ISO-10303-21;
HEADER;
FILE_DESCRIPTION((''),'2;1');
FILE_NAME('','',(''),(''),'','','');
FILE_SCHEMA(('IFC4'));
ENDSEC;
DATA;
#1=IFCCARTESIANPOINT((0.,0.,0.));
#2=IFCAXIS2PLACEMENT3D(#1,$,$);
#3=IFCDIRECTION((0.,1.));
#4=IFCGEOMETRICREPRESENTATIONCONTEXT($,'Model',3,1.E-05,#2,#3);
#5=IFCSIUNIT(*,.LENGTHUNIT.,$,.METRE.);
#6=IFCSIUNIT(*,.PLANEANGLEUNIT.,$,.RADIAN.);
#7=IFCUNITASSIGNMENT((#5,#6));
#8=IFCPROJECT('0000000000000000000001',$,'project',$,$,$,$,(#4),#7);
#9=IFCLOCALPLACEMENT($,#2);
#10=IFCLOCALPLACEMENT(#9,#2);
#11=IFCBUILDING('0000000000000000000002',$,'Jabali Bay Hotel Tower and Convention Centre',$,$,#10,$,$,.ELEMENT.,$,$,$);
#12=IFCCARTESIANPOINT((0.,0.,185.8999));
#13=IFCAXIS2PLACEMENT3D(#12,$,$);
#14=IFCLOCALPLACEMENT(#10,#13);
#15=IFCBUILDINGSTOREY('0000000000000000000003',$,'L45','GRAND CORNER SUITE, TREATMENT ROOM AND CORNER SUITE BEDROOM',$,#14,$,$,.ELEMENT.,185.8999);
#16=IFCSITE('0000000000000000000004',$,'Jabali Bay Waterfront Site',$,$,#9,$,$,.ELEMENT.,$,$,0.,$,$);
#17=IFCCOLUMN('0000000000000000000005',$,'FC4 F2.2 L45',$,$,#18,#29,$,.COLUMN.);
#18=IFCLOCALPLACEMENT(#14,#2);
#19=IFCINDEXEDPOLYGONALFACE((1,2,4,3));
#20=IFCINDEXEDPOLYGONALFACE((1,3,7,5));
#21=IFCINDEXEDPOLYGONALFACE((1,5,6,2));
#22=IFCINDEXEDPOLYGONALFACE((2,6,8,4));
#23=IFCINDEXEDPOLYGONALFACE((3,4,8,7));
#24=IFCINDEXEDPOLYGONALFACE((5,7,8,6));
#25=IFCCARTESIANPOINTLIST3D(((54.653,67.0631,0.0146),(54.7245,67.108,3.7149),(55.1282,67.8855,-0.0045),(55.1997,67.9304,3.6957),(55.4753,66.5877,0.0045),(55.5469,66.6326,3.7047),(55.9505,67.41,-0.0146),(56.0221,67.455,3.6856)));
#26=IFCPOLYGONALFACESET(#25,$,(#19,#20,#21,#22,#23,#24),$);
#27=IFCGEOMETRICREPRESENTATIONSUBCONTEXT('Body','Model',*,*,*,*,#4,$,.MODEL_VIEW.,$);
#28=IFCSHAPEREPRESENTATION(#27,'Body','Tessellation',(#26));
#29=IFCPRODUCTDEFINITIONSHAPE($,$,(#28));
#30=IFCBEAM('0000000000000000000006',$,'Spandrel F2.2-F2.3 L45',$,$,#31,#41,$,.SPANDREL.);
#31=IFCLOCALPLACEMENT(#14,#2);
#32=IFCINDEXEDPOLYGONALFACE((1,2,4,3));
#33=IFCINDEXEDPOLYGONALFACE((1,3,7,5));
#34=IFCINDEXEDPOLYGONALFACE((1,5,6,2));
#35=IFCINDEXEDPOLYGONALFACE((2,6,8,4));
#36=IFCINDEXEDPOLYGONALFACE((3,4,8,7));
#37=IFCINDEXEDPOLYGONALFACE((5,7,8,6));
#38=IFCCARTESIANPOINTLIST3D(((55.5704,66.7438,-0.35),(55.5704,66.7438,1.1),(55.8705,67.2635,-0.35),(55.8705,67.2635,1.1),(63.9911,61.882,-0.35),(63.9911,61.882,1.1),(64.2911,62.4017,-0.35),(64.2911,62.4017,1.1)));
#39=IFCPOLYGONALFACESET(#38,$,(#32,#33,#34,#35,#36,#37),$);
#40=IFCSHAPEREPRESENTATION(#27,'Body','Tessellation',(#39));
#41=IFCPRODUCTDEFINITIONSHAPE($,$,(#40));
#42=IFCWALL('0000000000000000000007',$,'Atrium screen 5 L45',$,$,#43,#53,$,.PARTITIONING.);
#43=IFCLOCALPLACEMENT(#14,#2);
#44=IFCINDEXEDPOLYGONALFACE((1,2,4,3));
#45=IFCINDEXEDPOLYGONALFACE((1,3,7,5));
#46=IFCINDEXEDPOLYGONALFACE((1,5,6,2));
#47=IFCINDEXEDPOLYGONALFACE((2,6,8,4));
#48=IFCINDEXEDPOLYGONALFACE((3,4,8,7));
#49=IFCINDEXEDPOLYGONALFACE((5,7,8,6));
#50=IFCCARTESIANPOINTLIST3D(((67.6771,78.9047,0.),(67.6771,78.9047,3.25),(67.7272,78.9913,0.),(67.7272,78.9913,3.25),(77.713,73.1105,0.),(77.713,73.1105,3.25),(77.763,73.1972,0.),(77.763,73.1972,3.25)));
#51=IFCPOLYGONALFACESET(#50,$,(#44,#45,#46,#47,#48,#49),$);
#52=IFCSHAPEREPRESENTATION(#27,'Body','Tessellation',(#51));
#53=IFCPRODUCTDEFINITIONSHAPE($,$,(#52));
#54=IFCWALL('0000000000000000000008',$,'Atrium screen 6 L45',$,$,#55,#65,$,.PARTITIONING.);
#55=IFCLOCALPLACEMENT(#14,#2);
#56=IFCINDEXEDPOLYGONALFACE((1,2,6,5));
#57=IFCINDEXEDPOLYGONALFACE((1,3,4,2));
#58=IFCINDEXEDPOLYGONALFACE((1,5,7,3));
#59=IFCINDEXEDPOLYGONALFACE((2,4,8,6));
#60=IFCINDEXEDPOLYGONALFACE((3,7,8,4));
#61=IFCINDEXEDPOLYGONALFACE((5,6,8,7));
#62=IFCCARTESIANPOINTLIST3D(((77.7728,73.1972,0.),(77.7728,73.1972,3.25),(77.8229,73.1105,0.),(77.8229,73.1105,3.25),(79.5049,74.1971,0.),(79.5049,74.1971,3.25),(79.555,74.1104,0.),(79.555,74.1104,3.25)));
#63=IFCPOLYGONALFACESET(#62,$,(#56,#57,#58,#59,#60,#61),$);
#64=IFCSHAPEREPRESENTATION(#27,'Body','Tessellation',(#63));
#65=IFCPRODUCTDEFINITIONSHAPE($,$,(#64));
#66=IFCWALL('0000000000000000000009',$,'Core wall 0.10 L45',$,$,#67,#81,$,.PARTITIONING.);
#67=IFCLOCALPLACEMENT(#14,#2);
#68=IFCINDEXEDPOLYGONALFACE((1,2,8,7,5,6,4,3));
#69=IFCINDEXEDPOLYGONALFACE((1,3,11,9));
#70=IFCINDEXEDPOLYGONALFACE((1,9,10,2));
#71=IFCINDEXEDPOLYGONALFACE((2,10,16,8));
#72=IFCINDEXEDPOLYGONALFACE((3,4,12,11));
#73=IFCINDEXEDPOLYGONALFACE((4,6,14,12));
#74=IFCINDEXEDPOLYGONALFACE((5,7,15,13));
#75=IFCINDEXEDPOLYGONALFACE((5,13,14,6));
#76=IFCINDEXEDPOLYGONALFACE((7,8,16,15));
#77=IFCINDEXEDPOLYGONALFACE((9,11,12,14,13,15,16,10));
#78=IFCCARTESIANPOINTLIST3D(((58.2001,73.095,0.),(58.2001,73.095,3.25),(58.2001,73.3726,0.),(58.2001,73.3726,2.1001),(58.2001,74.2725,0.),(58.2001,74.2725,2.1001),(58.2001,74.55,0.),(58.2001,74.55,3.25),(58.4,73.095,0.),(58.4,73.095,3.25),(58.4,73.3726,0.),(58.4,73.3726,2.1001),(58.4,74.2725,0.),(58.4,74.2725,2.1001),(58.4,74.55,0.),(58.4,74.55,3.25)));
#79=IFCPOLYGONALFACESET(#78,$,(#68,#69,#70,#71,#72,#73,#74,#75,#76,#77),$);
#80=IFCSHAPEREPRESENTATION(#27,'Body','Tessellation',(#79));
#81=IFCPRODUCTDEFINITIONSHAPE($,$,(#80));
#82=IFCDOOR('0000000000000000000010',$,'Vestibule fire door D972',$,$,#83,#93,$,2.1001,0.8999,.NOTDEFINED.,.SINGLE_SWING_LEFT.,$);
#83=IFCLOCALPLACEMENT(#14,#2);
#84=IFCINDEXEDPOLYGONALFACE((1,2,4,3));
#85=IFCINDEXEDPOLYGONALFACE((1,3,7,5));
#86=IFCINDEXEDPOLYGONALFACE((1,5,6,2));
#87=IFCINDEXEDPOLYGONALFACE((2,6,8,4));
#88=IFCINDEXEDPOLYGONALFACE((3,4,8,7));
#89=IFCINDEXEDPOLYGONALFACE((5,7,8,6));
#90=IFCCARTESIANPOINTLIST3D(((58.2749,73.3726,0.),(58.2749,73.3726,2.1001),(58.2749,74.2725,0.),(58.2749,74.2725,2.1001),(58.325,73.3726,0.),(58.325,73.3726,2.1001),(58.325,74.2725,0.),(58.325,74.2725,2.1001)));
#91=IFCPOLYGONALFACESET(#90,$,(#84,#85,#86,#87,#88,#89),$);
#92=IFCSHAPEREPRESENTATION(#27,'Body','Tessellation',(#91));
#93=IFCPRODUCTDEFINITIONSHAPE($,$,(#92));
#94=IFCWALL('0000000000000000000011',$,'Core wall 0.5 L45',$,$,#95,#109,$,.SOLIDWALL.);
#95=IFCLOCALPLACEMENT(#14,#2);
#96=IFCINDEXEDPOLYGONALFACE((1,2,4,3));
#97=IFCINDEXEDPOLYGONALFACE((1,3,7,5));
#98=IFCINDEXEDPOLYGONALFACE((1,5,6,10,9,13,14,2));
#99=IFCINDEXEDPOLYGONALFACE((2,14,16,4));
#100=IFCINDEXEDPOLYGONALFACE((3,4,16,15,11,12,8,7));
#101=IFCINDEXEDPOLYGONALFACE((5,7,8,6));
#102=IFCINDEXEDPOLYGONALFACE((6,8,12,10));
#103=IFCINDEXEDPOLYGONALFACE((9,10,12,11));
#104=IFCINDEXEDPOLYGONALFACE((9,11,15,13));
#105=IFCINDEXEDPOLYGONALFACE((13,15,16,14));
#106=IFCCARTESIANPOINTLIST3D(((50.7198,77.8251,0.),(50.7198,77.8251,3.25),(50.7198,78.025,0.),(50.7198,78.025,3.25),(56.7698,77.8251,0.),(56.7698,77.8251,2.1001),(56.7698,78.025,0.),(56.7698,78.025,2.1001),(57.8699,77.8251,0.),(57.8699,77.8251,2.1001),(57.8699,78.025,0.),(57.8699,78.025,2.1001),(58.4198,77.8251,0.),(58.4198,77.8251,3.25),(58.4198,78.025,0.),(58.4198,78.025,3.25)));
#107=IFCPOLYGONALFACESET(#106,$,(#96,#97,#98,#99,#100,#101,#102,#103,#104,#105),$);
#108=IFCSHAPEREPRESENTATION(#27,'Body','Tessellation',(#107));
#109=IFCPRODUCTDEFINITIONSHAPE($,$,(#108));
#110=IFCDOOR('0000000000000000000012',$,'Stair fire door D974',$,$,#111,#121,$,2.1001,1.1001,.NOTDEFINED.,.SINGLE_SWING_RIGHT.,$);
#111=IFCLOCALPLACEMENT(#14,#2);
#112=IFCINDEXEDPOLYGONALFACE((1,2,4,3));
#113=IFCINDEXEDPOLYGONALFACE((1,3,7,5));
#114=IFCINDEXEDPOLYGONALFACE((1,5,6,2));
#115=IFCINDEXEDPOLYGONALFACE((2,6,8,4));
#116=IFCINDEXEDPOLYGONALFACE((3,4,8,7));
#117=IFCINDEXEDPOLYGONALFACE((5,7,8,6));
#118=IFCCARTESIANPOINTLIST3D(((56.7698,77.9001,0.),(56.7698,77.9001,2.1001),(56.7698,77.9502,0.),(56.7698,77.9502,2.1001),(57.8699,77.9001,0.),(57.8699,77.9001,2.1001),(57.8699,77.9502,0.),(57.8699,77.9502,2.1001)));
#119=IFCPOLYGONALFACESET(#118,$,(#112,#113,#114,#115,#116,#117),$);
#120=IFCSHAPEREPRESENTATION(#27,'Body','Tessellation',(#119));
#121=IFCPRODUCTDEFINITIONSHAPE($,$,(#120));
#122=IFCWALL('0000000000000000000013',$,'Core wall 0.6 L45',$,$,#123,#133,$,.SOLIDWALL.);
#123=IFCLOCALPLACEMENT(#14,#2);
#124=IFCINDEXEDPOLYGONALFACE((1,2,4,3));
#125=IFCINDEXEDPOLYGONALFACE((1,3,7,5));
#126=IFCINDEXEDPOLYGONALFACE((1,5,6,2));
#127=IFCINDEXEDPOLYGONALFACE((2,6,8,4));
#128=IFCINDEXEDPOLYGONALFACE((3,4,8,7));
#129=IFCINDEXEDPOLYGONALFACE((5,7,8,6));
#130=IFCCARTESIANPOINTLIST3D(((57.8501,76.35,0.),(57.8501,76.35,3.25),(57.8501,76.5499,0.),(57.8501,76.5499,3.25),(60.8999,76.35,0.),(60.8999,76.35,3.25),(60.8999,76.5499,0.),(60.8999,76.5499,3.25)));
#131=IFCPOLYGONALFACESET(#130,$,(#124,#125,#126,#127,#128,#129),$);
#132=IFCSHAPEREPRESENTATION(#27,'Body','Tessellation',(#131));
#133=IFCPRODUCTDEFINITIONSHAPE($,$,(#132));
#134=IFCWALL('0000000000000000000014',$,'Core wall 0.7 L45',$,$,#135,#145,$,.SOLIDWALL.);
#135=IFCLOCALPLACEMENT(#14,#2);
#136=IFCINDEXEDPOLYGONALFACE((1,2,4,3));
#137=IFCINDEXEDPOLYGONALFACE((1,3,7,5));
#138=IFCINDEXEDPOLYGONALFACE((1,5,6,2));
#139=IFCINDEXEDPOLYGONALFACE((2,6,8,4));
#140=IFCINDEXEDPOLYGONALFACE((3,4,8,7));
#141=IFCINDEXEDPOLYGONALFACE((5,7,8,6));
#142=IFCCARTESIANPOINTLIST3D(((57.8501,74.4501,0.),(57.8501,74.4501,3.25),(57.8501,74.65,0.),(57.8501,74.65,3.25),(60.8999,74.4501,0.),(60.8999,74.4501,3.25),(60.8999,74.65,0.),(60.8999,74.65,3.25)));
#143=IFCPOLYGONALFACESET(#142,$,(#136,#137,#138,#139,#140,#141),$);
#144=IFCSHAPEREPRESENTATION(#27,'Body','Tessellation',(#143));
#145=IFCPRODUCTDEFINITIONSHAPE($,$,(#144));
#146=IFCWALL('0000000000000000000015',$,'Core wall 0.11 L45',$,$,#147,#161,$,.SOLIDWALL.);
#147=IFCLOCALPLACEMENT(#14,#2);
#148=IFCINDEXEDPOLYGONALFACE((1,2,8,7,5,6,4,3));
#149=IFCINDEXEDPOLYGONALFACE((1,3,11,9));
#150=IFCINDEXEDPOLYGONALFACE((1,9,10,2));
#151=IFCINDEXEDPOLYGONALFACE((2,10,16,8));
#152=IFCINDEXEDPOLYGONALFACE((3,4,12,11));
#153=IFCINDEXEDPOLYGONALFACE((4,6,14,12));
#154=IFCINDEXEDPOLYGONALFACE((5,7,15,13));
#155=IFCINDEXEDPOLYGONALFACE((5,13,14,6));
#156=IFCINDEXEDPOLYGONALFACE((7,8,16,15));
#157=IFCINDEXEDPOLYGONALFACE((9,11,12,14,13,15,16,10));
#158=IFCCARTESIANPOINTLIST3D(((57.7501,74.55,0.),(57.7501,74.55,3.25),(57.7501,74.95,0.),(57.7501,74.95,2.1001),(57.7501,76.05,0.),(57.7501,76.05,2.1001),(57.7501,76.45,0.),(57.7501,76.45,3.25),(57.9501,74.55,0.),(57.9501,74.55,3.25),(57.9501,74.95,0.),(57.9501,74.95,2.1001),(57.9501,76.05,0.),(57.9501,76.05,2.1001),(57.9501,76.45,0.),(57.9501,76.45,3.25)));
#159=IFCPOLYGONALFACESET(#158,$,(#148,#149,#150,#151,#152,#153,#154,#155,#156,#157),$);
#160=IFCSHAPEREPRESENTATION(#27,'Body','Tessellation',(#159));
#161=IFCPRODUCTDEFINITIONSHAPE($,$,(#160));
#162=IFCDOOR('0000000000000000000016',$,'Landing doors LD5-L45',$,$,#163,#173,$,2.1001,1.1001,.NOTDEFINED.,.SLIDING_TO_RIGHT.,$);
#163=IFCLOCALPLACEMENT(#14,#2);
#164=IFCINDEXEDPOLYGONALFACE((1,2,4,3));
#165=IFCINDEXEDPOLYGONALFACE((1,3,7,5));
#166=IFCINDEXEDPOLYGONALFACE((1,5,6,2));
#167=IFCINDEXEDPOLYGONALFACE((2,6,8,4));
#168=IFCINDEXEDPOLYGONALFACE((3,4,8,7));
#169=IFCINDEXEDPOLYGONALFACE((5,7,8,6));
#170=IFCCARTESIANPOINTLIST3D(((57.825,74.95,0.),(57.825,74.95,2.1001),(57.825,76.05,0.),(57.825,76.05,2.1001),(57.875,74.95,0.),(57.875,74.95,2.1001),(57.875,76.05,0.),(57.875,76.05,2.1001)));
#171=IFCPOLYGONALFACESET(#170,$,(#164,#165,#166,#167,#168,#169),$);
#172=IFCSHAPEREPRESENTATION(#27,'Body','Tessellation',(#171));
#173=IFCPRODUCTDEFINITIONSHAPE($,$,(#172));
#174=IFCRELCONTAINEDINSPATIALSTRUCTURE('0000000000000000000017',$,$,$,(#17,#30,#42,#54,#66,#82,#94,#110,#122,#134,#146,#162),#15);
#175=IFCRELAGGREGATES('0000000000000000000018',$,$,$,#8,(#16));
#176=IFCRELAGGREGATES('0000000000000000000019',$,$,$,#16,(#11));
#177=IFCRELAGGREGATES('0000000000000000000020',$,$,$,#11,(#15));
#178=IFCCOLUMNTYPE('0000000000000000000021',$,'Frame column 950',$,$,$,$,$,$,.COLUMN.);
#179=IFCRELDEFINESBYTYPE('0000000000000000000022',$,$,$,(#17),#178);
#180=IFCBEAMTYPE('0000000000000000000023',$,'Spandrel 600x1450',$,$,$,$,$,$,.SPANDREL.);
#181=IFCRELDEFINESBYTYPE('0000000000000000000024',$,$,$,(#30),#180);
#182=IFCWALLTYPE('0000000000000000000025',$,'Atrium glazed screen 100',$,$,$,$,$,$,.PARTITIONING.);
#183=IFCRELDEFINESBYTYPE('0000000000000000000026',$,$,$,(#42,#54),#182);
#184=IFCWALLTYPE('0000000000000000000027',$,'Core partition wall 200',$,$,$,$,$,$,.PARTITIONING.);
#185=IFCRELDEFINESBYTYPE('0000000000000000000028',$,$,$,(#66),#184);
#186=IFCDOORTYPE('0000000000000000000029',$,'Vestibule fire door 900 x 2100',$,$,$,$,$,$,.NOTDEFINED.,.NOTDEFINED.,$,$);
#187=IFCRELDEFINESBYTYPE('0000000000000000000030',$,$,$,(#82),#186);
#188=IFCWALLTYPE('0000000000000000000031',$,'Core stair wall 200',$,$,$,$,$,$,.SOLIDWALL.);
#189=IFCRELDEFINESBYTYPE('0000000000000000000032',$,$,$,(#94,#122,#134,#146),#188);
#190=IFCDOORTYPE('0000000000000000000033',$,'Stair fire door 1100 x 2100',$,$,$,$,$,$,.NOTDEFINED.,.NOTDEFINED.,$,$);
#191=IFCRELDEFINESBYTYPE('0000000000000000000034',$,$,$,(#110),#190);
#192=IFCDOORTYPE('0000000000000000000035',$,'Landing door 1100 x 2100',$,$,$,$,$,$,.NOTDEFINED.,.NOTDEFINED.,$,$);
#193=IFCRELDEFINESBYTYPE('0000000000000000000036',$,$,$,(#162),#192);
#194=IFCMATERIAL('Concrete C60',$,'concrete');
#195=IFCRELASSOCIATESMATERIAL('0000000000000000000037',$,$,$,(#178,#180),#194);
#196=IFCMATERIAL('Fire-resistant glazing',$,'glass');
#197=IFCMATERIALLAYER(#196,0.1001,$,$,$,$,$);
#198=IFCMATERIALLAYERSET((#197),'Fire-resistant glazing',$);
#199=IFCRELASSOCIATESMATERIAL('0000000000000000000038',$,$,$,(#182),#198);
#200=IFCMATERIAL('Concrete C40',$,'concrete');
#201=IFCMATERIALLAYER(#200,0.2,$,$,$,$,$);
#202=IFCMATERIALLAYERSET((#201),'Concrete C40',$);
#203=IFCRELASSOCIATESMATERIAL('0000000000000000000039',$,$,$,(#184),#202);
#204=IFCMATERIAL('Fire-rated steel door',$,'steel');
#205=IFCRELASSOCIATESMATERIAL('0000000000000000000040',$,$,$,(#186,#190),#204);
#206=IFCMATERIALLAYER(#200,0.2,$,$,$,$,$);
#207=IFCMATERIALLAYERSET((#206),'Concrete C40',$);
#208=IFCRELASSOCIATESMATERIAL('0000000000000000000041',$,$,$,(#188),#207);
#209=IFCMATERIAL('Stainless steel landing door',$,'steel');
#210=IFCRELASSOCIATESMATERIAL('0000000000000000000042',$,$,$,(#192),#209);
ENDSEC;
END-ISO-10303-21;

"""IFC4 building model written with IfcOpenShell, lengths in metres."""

from ifc_helpers import new_model, si_unit, direction, frame, frame_2d, origin, origin_2d, place, context, subcontext, project, spatial, rectangle, extrude, material, layer, layer_set, material_profile, profile_set, type_object, element, fill, save


model = new_model("IFC4")

# Units and contexts
model_context = context("Model", 3, precision=1e-05, world=origin(), true_north=direction((0.0, 1.0)))
body_context = subcontext(model_context, "Body", "Model", "MODEL_VIEW")
ifc_project = project(units=[si_unit("LENGTHUNIT", "METRE"), si_unit("PLANEANGLEUNIT", "RADIAN")], contexts=[model_context])

# Site, building, storey
site_placement = place(None, origin())
site = spatial("IfcSite", under=ifc_project, at=site_placement, Name="Jabali Bay Waterfront Site", CompositionType="ELEMENT", RefElevation=0.0)
building_placement = place(site_placement, origin())
building = spatial("IfcBuilding", under=site, at=building_placement, Name="Jabali Bay Hotel Tower and Convention Centre", CompositionType="ELEMENT")
storey_placement = place(building_placement, frame((0.0, 0.0, 185.8999)))
storey = spatial("IfcBuildingStorey", under=building, at=storey_placement, Name="L45", Description="GRAND CORNER SUITE, TREATMENT ROOM AND CORNER SUITE BEDROOM", CompositionType="ELEMENT", Elevation=185.8999)

# Column
ifc_material_1 = material(Name="Concrete C60", Category="concrete")
ifc_material_profile_1 = material_profile(ifc_material_1, rectangle(XDim=0.95, YDim=0.95, at=origin_2d()), Name="Frame column 950")
ifc_profile_set_1 = profile_set([ifc_material_profile_1], Name="Concrete C60")
column_type = type_object("IfcColumnType", Name="Frame column 950", PredefinedType="COLUMN", material=ifc_profile_set_1)
column_placement = place(storey_placement, frame((55.3018, 67.2366, 0.0), z_axis=(0.019327, 0.012137, 0.99974), x_axis=(-0.865686, 0.500474, 0.01066)))
element("IfcColumn", 1, at=column_placement, inside=storey, type_object=column_type, Name="FC4 F2.2 L45", PredefinedType="COLUMN", context=body_context, shape_type="SweptSolid", body=[
    extrude(rectangle(XDim=0.95, YDim=0.95, at=origin_2d()), origin(), (0.0, 0.0, 1.0), 3.7012),
])

# Beam
ifc_material_profile_2 = material_profile(ifc_material_1, rectangle(XDim=0.6001, YDim=1.45, at=origin_2d()), Name="Spandrel 600x1450")
ifc_profile_set_2 = profile_set([ifc_material_profile_2], Name="Concrete C60")
beam_type = type_object("IfcBeamType", Name="Spandrel 600x1450", PredefinedType="SPANDREL", material=ifc_profile_set_2)
beam_placement = place(storey_placement, frame((55.7205, 67.0037, 0.375), z_axis=(0.866019, -0.500012, 0.0), x_axis=(0.500012, 0.866019, 0.0)))
element("IfcBeam", 2, at=beam_placement, inside=storey, type_object=beam_type, Name="Spandrel F2.2-F2.3 L45", PredefinedType="SPANDREL", context=body_context, shape_type="SweptSolid", body=[
    extrude(rectangle(XDim=0.6001, YDim=1.45, at=origin_2d()), origin(), (0.0, 0.0, 1.0), 9.7234),
])

# Walls
ifc_material_2 = material(Name="Fire-resistant glazing", Category="glass")
ifc_layer_1 = layer(ifc_material_2, 0.1001)
ifc_layer_set_1 = layer_set([ifc_layer_1], Name="Fire-resistant glazing")
wall_type_1 = type_object("IfcWallType", Name="Atrium glazed screen 100", PredefinedType="PARTITIONING", material=ifc_layer_set_1)
wall_1_placement = place(storey_placement, frame((67.7021, 78.948, 0.0), z_axis=(0.0, 0.0, 1.0), x_axis=(0.866027, -0.499998, 0.0)))
element("IfcWall", 3, at=wall_1_placement, inside=storey, type_object=wall_type_1, Name="Atrium screen 5 L45", PredefinedType="PARTITIONING", context=body_context, shape_type="SweptSolid", body=[
    extrude(rectangle(XDim=11.5884, YDim=0.1001, at=frame_2d((5.7942, 0.0))), origin(), (0.0, 0.0, 1.0), 3.25),
])
wall_2_placement = place(storey_placement, frame((77.7979, 73.1538, 0.0), z_axis=(0.0, 0.0, 1.0), x_axis=(0.866041, 0.499973, 0.0)))
element("IfcWall", 4, at=wall_2_placement, inside=storey, type_object=wall_type_1, Name="Atrium screen 6 L45", PredefinedType="PARTITIONING", context=body_context, shape_type="SweptSolid", body=[
    extrude(rectangle(XDim=2.0, YDim=0.1001, at=frame_2d((1.0, 0.0))), origin(), (0.0, 0.0, 1.0), 3.25),
])

# Walls, openings, doors
ifc_material_3 = material(Name="Concrete C40", Category="concrete")
ifc_layer_2 = layer(ifc_material_3, 0.2)
ifc_layer_set_2 = layer_set([ifc_layer_2], Name="Concrete C40")
wall_type_2 = type_object("IfcWallType", Name="Core partition wall 200", PredefinedType="PARTITIONING", material=ifc_layer_set_2)
wall_3_placement = place(storey_placement, frame((58.3, 74.55, 0.0), z_axis=(0.0, 0.0, 1.0), x_axis=(0.0, -1.0, 0.0)))
wall_3 = element("IfcWall", 5, at=wall_3_placement, inside=storey, type_object=wall_type_2, Name="Core wall 0.10 L45", PredefinedType="PARTITIONING", context=body_context, shape_type="SweptSolid", body=[
    extrude(rectangle(XDim=1.4551, YDim=0.2, at=frame_2d((0.7275, 0.0))), origin(), (0.0, 0.0, 1.0), 3.25),
])
opening_1_placement = place(wall_3_placement, frame((0.2776, 0.0, 0.0)))
opening_1 = element("IfcOpeningElement", 6, at=opening_1_placement, cuts=wall_3, PredefinedType="OPENING", context=body_context, shape_type="SweptSolid", body=[
    extrude(rectangle(XDim=0.8999, YDim=2.1001, at=frame_2d((0.45, 1.05))), frame((0.0, 0.1104, 0.0), z_axis=(0.0, -1.0, 0.0), x_axis=(1.0, 0.0, 0.0)), (0.0, 0.0, 1.0), 0.2209),
])
ifc_material_4 = material(Name="Fire-rated steel door", Category="steel")
door_type_1 = type_object("IfcDoorType", Name="Vestibule fire door 900 x 2100", OperationType="NOTDEFINED", PredefinedType="NOTDEFINED", material=ifc_material_4)
door_1_placement = place(opening_1_placement, origin())
door_1 = element("IfcDoor", 7, at=door_1_placement, inside=storey, type_object=door_type_1, Name="Vestibule fire door D972", OperationType="SINGLE_SWING_LEFT", OverallHeight=2.1001, OverallWidth=0.8999, PredefinedType="NOTDEFINED", context=body_context, shape_type="SweptSolid", body=[
    extrude(rectangle(XDim=0.8999, YDim=2.1001, at=frame_2d((0.45, 1.05))), frame((0.0, 0.0249, 0.0), z_axis=(0.0, -1.0, 0.0), x_axis=(1.0, 0.0, 0.0)), (0.0, 0.0, 1.0), 0.05),
])
fill(opening_1, door_1)
ifc_layer_3 = layer(ifc_material_3, 0.2)
ifc_layer_set_3 = layer_set([ifc_layer_3], Name="Concrete C40")
wall_type_3 = type_object("IfcWallType", Name="Core stair wall 200", PredefinedType="SOLIDWALL", material=ifc_layer_set_3)
wall_4_placement = place(storey_placement, frame((58.4199, 77.925, 0.0), z_axis=(0.0, 0.0, 1.0), x_axis=(-1.0, 0.0, 0.0)))
wall_4 = element("IfcWall", 8, at=wall_4_placement, inside=storey, type_object=wall_type_3, Name="Core wall 0.5 L45", PredefinedType="SOLIDWALL", context=body_context, shape_type="SweptSolid", body=[
    extrude(rectangle(XDim=7.7, YDim=0.2, at=frame_2d((3.8501, 0.0))), origin(), (0.0, 0.0, 1.0), 3.25),
])
opening_2_placement = place(wall_4_placement, frame((0.55, 0.0, 0.0)))
opening_2 = element("IfcOpeningElement", 9, at=opening_2_placement, cuts=wall_4, PredefinedType="OPENING", context=body_context, shape_type="SweptSolid", body=[
    extrude(rectangle(XDim=1.1001, YDim=2.1001, at=frame_2d((0.55, 1.05))), frame((0.0, 0.1104, 0.0), z_axis=(0.0, -1.0, 0.0), x_axis=(1.0, 0.0, 0.0)), (0.0, 0.0, 1.0), 0.2209),
])
door_type_2 = type_object("IfcDoorType", Name="Stair fire door 1100 x 2100", OperationType="NOTDEFINED", PredefinedType="NOTDEFINED", material=ifc_material_4)
door_2_placement = place(opening_2_placement, origin())
door_2 = element("IfcDoor", 10, at=door_2_placement, inside=storey, type_object=door_type_2, Name="Stair fire door D974", OperationType="SINGLE_SWING_RIGHT", OverallHeight=2.1001, OverallWidth=1.1001, PredefinedType="NOTDEFINED", context=body_context, shape_type="SweptSolid", body=[
    extrude(rectangle(XDim=1.1001, YDim=2.1001, at=frame_2d((0.55, 1.05))), frame((0.0, 0.0249, 0.0), z_axis=(0.0, -1.0, 0.0), x_axis=(1.0, 0.0, 0.0)), (0.0, 0.0, 1.0), 0.05),
])
fill(opening_2, door_2)

# Walls
for number, where, z_axis, x_axis, name in (
    (11, (60.8999, 76.45, 0.0), (0.0, 0.0, 1.0), (-1.0, 0.0, 0.0), "Core wall 0.6 L45"),
    (12, (60.8999, 74.55, 0.0), (0.0, 0.0, 1.0), (-1.0, 0.0, 0.0), "Core wall 0.7 L45"),
):
    element("IfcWall", number, at=place(storey_placement, frame(where, z_axis=z_axis, x_axis=x_axis)), inside=storey, type_object=wall_type_3, Name=name, PredefinedType="SOLIDWALL", context=body_context, shape_type="SweptSolid", body=[
        extrude(rectangle(XDim=3.0498, YDim=0.2, at=frame_2d((1.5249, 0.0))), origin(), (0.0, 0.0, 1.0), 3.25),
    ])

# Wall, opening, door
wall_5_placement = place(storey_placement, frame((57.8501, 76.45, 0.0), z_axis=(0.0, 0.0, 1.0), x_axis=(0.0, -1.0, 0.0)))
wall_5 = element("IfcWall", 13, at=wall_5_placement, inside=storey, type_object=wall_type_3, Name="Core wall 0.11 L45", PredefinedType="SOLIDWALL", context=body_context, shape_type="SweptSolid", body=[
    extrude(rectangle(XDim=1.8999, YDim=0.2, at=frame_2d((0.95, 0.0))), origin(), (0.0, 0.0, 1.0), 3.25),
])
opening_3_placement = place(wall_5_placement, frame((0.3999, 0.0, 0.0)))
opening_3 = element("IfcOpeningElement", 14, at=opening_3_placement, cuts=wall_5, PredefinedType="OPENING", context=body_context, shape_type="SweptSolid", body=[
    extrude(rectangle(XDim=1.1001, YDim=2.1001, at=frame_2d((0.55, 1.05))), frame((0.0, 0.1104, 0.0), z_axis=(0.0, -1.0, 0.0), x_axis=(1.0, 0.0, 0.0)), (0.0, 0.0, 1.0), 0.2209),
])
ifc_material_5 = material(Name="Stainless steel landing door", Category="steel")
door_type_3 = type_object("IfcDoorType", Name="Landing door 1100 x 2100", OperationType="NOTDEFINED", PredefinedType="NOTDEFINED", material=ifc_material_5)
door_3_placement = place(opening_3_placement, origin())
door_3 = element("IfcDoor", 15, at=door_3_placement, inside=storey, type_object=door_type_3, Name="Landing doors LD5-L45", OperationType="SLIDING_TO_RIGHT", OverallHeight=2.1001, OverallWidth=1.1001, PredefinedType="NOTDEFINED", context=body_context, shape_type="SweptSolid", body=[
    extrude(rectangle(XDim=1.1001, YDim=2.1001, at=frame_2d((0.55, 1.05))), frame((0.0, 0.0249, 0.0), z_axis=(0.0, -1.0, 0.0), x_axis=(1.0, 0.0, 0.0)), (0.0, 0.0, 1.0), 0.05),
])
fill(opening_3, door_3)

save(model, "model.ifc")
